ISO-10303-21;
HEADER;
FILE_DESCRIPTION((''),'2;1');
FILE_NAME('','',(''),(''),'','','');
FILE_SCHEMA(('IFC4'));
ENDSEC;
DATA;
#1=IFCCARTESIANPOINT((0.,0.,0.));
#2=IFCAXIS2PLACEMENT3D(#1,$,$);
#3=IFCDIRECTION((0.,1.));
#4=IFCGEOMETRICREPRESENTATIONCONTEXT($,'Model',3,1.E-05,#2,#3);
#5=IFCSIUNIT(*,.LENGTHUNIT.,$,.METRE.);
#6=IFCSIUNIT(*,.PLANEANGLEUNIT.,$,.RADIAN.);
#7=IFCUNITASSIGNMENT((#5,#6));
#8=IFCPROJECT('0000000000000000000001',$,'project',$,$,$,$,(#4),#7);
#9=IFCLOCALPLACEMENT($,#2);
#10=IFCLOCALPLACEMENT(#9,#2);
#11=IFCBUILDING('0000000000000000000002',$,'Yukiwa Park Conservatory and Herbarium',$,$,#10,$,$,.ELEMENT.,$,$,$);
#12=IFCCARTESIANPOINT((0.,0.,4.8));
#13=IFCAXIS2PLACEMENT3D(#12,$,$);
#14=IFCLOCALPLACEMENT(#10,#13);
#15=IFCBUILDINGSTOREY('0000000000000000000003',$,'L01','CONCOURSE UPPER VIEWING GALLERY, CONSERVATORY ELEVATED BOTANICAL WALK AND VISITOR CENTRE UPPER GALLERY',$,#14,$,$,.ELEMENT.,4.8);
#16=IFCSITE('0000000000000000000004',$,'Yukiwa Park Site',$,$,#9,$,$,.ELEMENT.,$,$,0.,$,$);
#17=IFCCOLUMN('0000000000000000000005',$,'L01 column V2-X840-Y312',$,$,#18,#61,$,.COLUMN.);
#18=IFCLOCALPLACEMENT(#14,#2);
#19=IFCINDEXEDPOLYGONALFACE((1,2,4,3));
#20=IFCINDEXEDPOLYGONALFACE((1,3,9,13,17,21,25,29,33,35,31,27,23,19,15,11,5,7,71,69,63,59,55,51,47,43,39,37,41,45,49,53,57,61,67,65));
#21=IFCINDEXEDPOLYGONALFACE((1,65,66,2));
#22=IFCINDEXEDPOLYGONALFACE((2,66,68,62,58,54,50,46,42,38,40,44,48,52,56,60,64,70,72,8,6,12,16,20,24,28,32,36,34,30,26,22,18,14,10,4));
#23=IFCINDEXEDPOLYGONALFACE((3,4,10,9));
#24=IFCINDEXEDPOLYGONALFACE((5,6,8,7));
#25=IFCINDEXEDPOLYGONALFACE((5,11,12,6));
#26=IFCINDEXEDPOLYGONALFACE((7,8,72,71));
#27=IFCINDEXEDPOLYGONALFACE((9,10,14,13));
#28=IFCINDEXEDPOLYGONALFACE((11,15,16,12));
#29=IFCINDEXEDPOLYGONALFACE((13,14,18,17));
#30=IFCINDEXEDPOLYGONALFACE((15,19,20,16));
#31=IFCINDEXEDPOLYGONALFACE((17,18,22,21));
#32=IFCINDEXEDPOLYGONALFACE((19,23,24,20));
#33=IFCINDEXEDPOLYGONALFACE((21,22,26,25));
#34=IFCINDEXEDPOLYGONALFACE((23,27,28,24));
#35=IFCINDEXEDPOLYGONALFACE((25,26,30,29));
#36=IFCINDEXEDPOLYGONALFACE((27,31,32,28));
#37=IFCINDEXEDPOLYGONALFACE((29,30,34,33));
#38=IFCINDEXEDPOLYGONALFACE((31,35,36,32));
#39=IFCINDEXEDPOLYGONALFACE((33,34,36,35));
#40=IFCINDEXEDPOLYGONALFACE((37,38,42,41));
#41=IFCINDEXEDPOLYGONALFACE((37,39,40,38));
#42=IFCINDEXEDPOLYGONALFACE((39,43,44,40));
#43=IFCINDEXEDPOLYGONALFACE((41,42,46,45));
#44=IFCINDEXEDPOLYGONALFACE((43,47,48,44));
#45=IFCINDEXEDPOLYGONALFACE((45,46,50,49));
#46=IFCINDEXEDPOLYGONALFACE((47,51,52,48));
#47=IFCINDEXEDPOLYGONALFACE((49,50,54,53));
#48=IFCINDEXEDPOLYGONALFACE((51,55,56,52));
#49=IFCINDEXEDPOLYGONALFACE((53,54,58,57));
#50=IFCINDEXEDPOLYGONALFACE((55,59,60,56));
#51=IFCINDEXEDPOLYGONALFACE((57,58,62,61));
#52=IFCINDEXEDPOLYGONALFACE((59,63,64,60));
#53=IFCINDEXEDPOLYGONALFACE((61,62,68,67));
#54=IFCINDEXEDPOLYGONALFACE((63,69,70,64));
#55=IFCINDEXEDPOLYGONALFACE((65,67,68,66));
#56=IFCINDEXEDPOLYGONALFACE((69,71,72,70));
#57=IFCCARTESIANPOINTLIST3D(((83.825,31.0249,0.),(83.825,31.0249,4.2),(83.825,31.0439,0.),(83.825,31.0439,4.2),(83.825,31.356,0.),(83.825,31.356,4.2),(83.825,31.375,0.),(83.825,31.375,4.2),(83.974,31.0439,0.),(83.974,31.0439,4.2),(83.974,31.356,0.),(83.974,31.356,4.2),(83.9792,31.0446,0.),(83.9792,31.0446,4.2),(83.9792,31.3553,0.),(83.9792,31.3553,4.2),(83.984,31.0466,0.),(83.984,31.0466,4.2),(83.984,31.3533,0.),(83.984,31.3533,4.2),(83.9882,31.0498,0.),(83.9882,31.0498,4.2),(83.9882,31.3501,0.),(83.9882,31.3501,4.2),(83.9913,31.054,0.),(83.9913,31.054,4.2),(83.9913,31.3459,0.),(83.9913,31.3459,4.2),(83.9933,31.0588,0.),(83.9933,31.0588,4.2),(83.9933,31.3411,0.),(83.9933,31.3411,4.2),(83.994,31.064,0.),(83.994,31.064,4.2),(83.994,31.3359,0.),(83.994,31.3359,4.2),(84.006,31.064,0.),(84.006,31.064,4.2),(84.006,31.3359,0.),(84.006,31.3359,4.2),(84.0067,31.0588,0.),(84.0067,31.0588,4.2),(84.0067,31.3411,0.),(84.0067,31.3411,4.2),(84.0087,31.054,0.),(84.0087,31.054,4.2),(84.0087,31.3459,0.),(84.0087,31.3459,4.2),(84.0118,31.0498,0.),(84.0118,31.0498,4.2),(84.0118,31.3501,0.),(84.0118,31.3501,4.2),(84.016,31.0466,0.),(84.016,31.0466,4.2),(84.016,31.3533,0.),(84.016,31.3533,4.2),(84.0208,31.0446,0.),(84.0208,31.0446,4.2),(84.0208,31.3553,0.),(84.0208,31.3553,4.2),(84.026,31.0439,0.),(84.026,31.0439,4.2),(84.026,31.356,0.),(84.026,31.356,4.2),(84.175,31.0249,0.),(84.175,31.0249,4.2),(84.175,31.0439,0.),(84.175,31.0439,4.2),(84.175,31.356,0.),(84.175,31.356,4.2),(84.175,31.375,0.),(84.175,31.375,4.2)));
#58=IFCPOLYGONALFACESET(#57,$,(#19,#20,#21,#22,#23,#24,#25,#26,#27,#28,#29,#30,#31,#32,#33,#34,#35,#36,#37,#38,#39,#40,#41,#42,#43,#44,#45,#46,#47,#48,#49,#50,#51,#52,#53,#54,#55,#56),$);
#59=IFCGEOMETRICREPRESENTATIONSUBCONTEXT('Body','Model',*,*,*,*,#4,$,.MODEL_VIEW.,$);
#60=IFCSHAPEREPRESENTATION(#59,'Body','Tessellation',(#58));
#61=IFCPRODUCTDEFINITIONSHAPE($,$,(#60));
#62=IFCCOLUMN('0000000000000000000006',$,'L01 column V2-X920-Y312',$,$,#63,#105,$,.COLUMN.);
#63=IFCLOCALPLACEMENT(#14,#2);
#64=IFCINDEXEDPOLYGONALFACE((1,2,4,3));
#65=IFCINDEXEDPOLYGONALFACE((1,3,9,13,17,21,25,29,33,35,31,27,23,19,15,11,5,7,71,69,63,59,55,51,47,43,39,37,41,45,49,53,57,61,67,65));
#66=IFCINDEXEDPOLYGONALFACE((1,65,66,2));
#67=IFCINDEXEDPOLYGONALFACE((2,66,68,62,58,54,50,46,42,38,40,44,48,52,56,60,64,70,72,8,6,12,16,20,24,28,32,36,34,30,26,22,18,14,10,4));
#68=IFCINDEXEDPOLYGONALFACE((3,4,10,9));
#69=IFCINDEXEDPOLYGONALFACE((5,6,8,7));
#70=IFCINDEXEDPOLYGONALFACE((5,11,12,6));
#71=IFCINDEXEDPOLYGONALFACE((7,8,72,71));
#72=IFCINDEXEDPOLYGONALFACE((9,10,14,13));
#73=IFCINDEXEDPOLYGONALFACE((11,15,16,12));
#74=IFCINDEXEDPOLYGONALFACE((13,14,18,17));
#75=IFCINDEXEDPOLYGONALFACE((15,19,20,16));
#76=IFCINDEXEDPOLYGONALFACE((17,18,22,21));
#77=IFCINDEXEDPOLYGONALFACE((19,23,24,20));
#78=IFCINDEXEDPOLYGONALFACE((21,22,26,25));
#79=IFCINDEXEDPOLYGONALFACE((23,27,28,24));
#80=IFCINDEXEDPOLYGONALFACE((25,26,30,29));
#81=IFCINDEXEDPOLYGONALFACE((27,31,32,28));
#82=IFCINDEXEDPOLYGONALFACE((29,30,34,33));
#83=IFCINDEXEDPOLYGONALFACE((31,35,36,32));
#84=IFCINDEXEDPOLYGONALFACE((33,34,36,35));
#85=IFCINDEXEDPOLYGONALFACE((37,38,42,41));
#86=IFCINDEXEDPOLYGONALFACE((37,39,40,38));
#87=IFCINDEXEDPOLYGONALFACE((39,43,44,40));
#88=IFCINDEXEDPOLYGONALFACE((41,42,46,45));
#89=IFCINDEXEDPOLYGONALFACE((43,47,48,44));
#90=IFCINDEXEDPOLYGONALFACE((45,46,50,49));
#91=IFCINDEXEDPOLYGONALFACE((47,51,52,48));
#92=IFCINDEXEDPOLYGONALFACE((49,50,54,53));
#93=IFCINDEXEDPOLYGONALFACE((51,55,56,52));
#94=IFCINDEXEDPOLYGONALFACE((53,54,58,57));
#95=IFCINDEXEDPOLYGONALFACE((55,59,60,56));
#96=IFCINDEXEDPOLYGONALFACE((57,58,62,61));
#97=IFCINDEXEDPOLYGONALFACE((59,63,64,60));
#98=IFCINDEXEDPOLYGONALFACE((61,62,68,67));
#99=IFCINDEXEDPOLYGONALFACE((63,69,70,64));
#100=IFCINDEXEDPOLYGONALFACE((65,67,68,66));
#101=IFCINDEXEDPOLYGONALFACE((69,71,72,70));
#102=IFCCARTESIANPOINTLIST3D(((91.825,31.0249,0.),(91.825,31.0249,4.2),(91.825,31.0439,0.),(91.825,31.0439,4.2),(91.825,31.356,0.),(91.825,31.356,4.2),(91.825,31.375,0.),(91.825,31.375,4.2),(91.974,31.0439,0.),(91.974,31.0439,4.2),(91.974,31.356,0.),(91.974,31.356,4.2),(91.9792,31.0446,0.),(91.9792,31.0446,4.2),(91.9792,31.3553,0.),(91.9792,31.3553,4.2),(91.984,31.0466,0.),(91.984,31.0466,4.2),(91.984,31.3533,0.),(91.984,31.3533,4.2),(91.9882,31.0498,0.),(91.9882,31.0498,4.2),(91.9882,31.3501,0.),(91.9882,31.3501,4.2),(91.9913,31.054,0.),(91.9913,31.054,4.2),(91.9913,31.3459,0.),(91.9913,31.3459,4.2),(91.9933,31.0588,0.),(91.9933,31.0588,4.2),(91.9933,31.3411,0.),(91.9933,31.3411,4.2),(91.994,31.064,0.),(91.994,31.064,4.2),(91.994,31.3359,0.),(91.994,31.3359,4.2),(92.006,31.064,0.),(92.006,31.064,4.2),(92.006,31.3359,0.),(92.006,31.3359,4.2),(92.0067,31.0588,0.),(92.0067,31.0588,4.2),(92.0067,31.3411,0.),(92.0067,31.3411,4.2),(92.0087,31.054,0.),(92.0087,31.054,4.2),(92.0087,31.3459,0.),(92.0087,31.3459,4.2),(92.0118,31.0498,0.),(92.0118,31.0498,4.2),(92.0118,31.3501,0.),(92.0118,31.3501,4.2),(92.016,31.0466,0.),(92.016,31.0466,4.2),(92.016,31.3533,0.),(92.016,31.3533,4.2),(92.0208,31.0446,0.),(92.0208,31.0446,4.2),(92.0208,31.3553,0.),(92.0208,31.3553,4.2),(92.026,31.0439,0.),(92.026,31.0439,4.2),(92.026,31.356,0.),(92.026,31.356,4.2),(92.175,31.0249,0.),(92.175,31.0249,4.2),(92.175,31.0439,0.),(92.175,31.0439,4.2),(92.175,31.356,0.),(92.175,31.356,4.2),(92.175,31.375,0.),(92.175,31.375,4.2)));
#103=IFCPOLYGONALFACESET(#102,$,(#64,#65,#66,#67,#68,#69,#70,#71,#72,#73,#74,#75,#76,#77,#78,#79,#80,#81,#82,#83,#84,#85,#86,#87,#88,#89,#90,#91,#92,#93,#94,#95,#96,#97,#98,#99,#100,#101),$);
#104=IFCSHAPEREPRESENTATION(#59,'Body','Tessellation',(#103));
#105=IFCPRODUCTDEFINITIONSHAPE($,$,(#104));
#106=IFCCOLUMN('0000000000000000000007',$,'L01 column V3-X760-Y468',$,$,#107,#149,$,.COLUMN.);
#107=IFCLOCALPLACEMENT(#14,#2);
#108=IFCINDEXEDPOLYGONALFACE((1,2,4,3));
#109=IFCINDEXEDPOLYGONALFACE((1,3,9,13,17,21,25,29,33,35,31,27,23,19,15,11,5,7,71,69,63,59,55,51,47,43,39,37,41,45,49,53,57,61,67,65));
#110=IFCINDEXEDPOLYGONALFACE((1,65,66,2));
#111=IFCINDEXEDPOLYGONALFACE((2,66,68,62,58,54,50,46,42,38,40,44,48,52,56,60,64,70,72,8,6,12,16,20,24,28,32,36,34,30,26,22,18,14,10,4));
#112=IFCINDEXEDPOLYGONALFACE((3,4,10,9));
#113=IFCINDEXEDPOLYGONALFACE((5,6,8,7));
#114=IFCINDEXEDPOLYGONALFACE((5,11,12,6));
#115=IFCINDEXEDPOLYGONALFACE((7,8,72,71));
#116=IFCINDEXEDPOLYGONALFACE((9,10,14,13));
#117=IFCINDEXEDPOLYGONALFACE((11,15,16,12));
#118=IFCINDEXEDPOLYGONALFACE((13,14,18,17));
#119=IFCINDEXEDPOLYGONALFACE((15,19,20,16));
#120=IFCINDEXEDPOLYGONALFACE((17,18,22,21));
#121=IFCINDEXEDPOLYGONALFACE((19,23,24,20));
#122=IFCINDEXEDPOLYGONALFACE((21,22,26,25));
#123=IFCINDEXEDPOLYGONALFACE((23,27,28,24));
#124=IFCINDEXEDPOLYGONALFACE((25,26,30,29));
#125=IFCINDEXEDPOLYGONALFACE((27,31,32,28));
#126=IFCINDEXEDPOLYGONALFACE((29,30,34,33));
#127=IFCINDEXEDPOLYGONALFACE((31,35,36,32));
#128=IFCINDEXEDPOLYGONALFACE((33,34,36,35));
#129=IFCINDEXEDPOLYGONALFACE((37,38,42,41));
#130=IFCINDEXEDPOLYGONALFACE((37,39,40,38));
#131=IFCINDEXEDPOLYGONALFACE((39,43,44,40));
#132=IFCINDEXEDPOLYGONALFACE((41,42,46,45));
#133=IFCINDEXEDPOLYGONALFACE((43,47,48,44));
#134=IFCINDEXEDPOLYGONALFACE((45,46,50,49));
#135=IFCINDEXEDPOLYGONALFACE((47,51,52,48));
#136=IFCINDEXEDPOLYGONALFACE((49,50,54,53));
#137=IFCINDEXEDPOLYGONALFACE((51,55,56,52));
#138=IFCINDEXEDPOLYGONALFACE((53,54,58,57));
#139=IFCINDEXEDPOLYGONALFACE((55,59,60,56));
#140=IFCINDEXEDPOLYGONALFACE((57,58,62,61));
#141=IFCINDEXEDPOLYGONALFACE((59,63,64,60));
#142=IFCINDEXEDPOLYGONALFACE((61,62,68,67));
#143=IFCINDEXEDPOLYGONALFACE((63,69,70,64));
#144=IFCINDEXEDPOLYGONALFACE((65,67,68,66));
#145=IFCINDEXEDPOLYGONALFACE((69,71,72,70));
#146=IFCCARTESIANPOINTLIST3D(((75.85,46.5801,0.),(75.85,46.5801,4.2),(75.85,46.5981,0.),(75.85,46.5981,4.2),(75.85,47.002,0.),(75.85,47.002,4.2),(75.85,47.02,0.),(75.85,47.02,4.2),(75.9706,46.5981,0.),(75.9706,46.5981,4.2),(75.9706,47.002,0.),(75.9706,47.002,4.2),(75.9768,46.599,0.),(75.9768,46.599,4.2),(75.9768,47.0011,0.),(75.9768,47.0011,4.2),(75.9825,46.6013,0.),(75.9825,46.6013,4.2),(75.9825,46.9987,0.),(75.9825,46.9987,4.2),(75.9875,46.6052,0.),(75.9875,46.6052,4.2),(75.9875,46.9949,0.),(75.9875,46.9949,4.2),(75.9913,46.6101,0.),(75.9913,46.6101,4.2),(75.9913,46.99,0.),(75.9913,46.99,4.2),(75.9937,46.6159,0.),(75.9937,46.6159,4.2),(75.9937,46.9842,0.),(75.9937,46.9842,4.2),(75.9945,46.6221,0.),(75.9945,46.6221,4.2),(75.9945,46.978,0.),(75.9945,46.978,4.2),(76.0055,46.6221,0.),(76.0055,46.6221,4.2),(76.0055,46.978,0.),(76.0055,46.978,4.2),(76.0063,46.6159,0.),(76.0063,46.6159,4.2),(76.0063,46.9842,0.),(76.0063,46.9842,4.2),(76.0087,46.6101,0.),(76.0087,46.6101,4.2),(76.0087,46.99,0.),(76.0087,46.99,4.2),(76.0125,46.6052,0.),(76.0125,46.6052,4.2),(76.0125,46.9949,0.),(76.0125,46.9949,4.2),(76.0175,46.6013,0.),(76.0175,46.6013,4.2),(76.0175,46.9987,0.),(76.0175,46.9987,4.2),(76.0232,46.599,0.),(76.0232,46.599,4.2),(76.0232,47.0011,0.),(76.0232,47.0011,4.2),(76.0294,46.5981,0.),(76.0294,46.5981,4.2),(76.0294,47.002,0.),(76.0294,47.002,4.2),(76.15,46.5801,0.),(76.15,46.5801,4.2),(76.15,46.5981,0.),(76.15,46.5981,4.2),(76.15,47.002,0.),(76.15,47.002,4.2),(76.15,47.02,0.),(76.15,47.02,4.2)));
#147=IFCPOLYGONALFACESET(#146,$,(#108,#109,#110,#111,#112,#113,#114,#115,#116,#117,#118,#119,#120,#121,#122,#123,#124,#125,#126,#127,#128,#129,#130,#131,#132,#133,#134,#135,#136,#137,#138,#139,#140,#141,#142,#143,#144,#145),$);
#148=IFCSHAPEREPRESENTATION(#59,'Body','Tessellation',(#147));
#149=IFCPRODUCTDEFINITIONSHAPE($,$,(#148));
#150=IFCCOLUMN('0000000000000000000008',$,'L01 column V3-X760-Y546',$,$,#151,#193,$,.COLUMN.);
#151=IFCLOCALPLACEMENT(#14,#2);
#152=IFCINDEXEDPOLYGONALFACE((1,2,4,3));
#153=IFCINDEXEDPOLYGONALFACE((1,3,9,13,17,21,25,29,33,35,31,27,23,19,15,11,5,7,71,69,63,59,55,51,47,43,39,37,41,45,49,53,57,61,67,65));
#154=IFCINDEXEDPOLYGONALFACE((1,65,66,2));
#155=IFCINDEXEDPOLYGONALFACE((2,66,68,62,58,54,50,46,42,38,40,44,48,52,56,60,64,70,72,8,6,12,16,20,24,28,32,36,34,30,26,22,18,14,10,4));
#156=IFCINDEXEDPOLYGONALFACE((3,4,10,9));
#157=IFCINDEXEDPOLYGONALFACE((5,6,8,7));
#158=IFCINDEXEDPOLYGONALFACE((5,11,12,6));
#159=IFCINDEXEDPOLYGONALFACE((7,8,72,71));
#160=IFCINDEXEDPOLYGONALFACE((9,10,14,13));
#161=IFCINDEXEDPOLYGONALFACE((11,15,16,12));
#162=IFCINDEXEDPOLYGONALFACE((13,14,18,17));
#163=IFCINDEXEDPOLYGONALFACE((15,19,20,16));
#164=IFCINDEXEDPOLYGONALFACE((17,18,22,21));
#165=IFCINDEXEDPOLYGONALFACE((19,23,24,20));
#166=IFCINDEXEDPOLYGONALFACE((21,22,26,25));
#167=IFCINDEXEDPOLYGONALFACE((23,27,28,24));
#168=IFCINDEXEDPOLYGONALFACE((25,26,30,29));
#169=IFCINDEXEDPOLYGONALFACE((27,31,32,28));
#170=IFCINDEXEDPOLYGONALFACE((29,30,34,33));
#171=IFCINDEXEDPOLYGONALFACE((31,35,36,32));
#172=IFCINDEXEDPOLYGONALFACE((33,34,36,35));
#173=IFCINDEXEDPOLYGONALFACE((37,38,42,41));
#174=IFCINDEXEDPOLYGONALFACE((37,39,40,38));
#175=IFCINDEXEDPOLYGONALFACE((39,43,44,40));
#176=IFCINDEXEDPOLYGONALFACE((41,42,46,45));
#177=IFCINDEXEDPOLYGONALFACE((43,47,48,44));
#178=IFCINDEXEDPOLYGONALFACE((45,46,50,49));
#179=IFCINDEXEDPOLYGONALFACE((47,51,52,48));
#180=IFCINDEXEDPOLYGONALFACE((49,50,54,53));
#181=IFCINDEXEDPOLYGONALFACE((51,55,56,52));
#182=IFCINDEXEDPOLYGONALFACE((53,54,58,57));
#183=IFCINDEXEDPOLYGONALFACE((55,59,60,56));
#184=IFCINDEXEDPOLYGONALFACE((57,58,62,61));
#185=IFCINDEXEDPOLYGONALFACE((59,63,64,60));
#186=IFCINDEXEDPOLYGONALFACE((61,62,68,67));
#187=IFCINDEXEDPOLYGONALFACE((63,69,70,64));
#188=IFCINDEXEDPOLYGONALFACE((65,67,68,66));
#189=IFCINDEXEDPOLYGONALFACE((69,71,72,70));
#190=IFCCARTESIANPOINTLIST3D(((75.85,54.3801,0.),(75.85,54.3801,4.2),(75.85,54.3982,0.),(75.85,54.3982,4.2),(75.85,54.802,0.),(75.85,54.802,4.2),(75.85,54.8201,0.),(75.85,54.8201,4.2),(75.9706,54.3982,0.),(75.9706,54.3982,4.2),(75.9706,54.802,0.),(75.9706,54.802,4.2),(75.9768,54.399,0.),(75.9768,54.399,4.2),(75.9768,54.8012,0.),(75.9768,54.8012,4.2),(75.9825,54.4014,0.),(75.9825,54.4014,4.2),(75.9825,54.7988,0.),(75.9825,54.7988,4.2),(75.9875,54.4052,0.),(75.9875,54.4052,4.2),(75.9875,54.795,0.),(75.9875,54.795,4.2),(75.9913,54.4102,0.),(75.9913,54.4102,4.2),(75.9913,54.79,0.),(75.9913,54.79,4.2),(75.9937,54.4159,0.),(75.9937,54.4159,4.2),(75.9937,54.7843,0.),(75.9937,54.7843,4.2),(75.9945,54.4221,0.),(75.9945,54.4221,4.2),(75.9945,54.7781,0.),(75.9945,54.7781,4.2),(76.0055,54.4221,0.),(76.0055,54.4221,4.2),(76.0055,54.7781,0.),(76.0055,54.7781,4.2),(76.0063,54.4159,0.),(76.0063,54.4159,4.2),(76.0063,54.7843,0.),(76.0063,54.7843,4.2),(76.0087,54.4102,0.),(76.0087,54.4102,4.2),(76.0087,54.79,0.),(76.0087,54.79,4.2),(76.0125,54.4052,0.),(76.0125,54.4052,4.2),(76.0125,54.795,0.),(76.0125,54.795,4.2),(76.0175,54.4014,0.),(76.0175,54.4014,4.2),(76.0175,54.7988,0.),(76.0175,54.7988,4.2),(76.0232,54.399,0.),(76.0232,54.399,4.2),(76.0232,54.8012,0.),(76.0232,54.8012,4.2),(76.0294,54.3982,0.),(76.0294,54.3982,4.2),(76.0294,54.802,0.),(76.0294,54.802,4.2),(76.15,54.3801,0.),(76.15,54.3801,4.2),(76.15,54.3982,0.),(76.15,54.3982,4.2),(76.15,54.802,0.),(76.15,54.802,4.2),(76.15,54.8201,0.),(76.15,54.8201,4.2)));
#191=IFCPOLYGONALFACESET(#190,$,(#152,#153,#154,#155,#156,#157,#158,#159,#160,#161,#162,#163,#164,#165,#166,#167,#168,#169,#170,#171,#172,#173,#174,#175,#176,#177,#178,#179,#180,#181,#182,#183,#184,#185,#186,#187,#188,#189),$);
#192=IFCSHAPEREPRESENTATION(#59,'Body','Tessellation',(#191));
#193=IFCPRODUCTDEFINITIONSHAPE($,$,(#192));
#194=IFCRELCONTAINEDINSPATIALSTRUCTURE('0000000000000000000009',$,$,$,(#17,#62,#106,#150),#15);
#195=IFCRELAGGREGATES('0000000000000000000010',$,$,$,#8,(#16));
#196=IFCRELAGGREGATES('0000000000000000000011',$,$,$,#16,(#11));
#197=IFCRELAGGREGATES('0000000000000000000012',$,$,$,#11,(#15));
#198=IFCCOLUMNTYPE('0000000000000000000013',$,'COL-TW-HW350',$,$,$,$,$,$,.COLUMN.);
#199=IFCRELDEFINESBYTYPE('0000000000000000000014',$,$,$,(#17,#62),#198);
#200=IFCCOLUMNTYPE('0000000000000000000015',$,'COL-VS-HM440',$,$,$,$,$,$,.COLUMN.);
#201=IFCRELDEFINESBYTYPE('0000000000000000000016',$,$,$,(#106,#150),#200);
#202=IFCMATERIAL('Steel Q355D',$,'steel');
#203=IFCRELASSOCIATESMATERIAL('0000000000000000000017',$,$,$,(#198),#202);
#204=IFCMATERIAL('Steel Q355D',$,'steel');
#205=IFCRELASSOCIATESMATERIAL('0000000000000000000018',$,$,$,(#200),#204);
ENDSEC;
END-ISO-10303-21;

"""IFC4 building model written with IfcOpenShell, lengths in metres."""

from ifc_helpers import new_model, si_unit, direction, frame, origin, origin_2d, place, context, subcontext, project, spatial, i_section, extrude, material, material_profile, profile_set, type_object, element, save


model = new_model("IFC4")

# Units and contexts
model_context = context("Model", 3, precision=1e-05, world=origin(), true_north=direction((0.0, 1.0)))
body_context = subcontext(model_context, "Body", "Model", "MODEL_VIEW")
ifc_project = project(units=[si_unit("LENGTHUNIT", "METRE"), si_unit("PLANEANGLEUNIT", "RADIAN")], contexts=[model_context])

# Site, building, storey
site_placement = place(None, origin())
site = spatial("IfcSite", under=ifc_project, at=site_placement, Name="Yukiwa Park Site", CompositionType="ELEMENT", RefElevation=0.0)
building_placement = place(site_placement, origin())
building = spatial("IfcBuilding", under=site, at=building_placement, Name="Yukiwa Park Conservatory and Herbarium", CompositionType="ELEMENT")
storey_placement = place(building_placement, frame((0.0, 0.0, 4.8)))
storey = spatial("IfcBuildingStorey", under=building, at=storey_placement, Name="L01", Description="CONCOURSE UPPER VIEWING GALLERY, CONSERVATORY ELEVATED BOTANICAL WALK AND VISITOR CENTRE UPPER GALLERY", CompositionType="ELEMENT", Elevation=4.8)

# Columns
ifc_material_1 = material(Name="Steel Q355D", Category="steel")
ifc_material_profile_1 = material_profile(ifc_material_1, i_section(OverallWidth=0.3501, OverallDepth=0.3501, WebThickness=0.012, FlangeThickness=0.019, FilletRadius=0.02, at=origin_2d()), Name="HW 350x350x12x19")
ifc_profile_set_1 = profile_set([ifc_material_profile_1], Name="Steel Q355D")
column_type_1 = type_object("IfcColumnType", Name="COL-TW-HW350", PredefinedType="COLUMN", material=ifc_profile_set_1)
for number, where, z_axis, x_axis, name in (
    (1, (84.0, 31.2, 0.0), (0.0, 0.0, 1.0), (1.0, 0.0, 0.0), "L01 column V2-X840-Y312"),
    (2, (92.0, 31.2, 0.0), (0.0, 0.0, 1.0), (1.0, 0.0, 0.0), "L01 column V2-X920-Y312"),
):
    element("IfcColumn", number, at=place(storey_placement, frame(where, z_axis=z_axis, x_axis=x_axis)), inside=storey, type_object=column_type_1, Name=name, PredefinedType="COLUMN", context=body_context, shape_type="SweptSolid", body=[
        extrude(i_section(OverallWidth=0.3501, OverallDepth=0.3501, WebThickness=0.012, FlangeThickness=0.019, FilletRadius=0.02, at=origin_2d()), origin(), (0.0, 0.0, 1.0), 4.2),
    ])
ifc_material_2 = material(Name="Steel Q355D", Category="steel")
ifc_material_profile_2 = material_profile(ifc_material_2, i_section(OverallWidth=0.3, OverallDepth=0.4399, WebThickness=0.011, FlangeThickness=0.0181, FilletRadius=0.0239, at=origin_2d()), Name="HM 440x300x11x18")
ifc_profile_set_2 = profile_set([ifc_material_profile_2], Name="Steel Q355D")
column_type_2 = type_object("IfcColumnType", Name="COL-VS-HM440", PredefinedType="COLUMN", material=ifc_profile_set_2)
for number, where, z_axis, x_axis, name in (
    (3, (76.0, 46.8, 0.0), (0.0, 0.0, 1.0), (1.0, 0.0, 0.0), "L01 column V3-X760-Y468"),
    (4, (76.0, 54.6001, 0.0), (0.0, 0.0, 1.0), (1.0, 0.0, 0.0), "L01 column V3-X760-Y546"),
):
    element("IfcColumn", number, at=place(storey_placement, frame(where, z_axis=z_axis, x_axis=x_axis)), inside=storey, type_object=column_type_2, Name=name, PredefinedType="COLUMN", context=body_context, shape_type="SweptSolid", body=[
        extrude(i_section(OverallWidth=0.3, OverallDepth=0.4399, WebThickness=0.011, FlangeThickness=0.0181, FilletRadius=0.0239, at=origin_2d()), origin(), (0.0, 0.0, 1.0), 4.2),
    ])

save(model, "model.ifc")
